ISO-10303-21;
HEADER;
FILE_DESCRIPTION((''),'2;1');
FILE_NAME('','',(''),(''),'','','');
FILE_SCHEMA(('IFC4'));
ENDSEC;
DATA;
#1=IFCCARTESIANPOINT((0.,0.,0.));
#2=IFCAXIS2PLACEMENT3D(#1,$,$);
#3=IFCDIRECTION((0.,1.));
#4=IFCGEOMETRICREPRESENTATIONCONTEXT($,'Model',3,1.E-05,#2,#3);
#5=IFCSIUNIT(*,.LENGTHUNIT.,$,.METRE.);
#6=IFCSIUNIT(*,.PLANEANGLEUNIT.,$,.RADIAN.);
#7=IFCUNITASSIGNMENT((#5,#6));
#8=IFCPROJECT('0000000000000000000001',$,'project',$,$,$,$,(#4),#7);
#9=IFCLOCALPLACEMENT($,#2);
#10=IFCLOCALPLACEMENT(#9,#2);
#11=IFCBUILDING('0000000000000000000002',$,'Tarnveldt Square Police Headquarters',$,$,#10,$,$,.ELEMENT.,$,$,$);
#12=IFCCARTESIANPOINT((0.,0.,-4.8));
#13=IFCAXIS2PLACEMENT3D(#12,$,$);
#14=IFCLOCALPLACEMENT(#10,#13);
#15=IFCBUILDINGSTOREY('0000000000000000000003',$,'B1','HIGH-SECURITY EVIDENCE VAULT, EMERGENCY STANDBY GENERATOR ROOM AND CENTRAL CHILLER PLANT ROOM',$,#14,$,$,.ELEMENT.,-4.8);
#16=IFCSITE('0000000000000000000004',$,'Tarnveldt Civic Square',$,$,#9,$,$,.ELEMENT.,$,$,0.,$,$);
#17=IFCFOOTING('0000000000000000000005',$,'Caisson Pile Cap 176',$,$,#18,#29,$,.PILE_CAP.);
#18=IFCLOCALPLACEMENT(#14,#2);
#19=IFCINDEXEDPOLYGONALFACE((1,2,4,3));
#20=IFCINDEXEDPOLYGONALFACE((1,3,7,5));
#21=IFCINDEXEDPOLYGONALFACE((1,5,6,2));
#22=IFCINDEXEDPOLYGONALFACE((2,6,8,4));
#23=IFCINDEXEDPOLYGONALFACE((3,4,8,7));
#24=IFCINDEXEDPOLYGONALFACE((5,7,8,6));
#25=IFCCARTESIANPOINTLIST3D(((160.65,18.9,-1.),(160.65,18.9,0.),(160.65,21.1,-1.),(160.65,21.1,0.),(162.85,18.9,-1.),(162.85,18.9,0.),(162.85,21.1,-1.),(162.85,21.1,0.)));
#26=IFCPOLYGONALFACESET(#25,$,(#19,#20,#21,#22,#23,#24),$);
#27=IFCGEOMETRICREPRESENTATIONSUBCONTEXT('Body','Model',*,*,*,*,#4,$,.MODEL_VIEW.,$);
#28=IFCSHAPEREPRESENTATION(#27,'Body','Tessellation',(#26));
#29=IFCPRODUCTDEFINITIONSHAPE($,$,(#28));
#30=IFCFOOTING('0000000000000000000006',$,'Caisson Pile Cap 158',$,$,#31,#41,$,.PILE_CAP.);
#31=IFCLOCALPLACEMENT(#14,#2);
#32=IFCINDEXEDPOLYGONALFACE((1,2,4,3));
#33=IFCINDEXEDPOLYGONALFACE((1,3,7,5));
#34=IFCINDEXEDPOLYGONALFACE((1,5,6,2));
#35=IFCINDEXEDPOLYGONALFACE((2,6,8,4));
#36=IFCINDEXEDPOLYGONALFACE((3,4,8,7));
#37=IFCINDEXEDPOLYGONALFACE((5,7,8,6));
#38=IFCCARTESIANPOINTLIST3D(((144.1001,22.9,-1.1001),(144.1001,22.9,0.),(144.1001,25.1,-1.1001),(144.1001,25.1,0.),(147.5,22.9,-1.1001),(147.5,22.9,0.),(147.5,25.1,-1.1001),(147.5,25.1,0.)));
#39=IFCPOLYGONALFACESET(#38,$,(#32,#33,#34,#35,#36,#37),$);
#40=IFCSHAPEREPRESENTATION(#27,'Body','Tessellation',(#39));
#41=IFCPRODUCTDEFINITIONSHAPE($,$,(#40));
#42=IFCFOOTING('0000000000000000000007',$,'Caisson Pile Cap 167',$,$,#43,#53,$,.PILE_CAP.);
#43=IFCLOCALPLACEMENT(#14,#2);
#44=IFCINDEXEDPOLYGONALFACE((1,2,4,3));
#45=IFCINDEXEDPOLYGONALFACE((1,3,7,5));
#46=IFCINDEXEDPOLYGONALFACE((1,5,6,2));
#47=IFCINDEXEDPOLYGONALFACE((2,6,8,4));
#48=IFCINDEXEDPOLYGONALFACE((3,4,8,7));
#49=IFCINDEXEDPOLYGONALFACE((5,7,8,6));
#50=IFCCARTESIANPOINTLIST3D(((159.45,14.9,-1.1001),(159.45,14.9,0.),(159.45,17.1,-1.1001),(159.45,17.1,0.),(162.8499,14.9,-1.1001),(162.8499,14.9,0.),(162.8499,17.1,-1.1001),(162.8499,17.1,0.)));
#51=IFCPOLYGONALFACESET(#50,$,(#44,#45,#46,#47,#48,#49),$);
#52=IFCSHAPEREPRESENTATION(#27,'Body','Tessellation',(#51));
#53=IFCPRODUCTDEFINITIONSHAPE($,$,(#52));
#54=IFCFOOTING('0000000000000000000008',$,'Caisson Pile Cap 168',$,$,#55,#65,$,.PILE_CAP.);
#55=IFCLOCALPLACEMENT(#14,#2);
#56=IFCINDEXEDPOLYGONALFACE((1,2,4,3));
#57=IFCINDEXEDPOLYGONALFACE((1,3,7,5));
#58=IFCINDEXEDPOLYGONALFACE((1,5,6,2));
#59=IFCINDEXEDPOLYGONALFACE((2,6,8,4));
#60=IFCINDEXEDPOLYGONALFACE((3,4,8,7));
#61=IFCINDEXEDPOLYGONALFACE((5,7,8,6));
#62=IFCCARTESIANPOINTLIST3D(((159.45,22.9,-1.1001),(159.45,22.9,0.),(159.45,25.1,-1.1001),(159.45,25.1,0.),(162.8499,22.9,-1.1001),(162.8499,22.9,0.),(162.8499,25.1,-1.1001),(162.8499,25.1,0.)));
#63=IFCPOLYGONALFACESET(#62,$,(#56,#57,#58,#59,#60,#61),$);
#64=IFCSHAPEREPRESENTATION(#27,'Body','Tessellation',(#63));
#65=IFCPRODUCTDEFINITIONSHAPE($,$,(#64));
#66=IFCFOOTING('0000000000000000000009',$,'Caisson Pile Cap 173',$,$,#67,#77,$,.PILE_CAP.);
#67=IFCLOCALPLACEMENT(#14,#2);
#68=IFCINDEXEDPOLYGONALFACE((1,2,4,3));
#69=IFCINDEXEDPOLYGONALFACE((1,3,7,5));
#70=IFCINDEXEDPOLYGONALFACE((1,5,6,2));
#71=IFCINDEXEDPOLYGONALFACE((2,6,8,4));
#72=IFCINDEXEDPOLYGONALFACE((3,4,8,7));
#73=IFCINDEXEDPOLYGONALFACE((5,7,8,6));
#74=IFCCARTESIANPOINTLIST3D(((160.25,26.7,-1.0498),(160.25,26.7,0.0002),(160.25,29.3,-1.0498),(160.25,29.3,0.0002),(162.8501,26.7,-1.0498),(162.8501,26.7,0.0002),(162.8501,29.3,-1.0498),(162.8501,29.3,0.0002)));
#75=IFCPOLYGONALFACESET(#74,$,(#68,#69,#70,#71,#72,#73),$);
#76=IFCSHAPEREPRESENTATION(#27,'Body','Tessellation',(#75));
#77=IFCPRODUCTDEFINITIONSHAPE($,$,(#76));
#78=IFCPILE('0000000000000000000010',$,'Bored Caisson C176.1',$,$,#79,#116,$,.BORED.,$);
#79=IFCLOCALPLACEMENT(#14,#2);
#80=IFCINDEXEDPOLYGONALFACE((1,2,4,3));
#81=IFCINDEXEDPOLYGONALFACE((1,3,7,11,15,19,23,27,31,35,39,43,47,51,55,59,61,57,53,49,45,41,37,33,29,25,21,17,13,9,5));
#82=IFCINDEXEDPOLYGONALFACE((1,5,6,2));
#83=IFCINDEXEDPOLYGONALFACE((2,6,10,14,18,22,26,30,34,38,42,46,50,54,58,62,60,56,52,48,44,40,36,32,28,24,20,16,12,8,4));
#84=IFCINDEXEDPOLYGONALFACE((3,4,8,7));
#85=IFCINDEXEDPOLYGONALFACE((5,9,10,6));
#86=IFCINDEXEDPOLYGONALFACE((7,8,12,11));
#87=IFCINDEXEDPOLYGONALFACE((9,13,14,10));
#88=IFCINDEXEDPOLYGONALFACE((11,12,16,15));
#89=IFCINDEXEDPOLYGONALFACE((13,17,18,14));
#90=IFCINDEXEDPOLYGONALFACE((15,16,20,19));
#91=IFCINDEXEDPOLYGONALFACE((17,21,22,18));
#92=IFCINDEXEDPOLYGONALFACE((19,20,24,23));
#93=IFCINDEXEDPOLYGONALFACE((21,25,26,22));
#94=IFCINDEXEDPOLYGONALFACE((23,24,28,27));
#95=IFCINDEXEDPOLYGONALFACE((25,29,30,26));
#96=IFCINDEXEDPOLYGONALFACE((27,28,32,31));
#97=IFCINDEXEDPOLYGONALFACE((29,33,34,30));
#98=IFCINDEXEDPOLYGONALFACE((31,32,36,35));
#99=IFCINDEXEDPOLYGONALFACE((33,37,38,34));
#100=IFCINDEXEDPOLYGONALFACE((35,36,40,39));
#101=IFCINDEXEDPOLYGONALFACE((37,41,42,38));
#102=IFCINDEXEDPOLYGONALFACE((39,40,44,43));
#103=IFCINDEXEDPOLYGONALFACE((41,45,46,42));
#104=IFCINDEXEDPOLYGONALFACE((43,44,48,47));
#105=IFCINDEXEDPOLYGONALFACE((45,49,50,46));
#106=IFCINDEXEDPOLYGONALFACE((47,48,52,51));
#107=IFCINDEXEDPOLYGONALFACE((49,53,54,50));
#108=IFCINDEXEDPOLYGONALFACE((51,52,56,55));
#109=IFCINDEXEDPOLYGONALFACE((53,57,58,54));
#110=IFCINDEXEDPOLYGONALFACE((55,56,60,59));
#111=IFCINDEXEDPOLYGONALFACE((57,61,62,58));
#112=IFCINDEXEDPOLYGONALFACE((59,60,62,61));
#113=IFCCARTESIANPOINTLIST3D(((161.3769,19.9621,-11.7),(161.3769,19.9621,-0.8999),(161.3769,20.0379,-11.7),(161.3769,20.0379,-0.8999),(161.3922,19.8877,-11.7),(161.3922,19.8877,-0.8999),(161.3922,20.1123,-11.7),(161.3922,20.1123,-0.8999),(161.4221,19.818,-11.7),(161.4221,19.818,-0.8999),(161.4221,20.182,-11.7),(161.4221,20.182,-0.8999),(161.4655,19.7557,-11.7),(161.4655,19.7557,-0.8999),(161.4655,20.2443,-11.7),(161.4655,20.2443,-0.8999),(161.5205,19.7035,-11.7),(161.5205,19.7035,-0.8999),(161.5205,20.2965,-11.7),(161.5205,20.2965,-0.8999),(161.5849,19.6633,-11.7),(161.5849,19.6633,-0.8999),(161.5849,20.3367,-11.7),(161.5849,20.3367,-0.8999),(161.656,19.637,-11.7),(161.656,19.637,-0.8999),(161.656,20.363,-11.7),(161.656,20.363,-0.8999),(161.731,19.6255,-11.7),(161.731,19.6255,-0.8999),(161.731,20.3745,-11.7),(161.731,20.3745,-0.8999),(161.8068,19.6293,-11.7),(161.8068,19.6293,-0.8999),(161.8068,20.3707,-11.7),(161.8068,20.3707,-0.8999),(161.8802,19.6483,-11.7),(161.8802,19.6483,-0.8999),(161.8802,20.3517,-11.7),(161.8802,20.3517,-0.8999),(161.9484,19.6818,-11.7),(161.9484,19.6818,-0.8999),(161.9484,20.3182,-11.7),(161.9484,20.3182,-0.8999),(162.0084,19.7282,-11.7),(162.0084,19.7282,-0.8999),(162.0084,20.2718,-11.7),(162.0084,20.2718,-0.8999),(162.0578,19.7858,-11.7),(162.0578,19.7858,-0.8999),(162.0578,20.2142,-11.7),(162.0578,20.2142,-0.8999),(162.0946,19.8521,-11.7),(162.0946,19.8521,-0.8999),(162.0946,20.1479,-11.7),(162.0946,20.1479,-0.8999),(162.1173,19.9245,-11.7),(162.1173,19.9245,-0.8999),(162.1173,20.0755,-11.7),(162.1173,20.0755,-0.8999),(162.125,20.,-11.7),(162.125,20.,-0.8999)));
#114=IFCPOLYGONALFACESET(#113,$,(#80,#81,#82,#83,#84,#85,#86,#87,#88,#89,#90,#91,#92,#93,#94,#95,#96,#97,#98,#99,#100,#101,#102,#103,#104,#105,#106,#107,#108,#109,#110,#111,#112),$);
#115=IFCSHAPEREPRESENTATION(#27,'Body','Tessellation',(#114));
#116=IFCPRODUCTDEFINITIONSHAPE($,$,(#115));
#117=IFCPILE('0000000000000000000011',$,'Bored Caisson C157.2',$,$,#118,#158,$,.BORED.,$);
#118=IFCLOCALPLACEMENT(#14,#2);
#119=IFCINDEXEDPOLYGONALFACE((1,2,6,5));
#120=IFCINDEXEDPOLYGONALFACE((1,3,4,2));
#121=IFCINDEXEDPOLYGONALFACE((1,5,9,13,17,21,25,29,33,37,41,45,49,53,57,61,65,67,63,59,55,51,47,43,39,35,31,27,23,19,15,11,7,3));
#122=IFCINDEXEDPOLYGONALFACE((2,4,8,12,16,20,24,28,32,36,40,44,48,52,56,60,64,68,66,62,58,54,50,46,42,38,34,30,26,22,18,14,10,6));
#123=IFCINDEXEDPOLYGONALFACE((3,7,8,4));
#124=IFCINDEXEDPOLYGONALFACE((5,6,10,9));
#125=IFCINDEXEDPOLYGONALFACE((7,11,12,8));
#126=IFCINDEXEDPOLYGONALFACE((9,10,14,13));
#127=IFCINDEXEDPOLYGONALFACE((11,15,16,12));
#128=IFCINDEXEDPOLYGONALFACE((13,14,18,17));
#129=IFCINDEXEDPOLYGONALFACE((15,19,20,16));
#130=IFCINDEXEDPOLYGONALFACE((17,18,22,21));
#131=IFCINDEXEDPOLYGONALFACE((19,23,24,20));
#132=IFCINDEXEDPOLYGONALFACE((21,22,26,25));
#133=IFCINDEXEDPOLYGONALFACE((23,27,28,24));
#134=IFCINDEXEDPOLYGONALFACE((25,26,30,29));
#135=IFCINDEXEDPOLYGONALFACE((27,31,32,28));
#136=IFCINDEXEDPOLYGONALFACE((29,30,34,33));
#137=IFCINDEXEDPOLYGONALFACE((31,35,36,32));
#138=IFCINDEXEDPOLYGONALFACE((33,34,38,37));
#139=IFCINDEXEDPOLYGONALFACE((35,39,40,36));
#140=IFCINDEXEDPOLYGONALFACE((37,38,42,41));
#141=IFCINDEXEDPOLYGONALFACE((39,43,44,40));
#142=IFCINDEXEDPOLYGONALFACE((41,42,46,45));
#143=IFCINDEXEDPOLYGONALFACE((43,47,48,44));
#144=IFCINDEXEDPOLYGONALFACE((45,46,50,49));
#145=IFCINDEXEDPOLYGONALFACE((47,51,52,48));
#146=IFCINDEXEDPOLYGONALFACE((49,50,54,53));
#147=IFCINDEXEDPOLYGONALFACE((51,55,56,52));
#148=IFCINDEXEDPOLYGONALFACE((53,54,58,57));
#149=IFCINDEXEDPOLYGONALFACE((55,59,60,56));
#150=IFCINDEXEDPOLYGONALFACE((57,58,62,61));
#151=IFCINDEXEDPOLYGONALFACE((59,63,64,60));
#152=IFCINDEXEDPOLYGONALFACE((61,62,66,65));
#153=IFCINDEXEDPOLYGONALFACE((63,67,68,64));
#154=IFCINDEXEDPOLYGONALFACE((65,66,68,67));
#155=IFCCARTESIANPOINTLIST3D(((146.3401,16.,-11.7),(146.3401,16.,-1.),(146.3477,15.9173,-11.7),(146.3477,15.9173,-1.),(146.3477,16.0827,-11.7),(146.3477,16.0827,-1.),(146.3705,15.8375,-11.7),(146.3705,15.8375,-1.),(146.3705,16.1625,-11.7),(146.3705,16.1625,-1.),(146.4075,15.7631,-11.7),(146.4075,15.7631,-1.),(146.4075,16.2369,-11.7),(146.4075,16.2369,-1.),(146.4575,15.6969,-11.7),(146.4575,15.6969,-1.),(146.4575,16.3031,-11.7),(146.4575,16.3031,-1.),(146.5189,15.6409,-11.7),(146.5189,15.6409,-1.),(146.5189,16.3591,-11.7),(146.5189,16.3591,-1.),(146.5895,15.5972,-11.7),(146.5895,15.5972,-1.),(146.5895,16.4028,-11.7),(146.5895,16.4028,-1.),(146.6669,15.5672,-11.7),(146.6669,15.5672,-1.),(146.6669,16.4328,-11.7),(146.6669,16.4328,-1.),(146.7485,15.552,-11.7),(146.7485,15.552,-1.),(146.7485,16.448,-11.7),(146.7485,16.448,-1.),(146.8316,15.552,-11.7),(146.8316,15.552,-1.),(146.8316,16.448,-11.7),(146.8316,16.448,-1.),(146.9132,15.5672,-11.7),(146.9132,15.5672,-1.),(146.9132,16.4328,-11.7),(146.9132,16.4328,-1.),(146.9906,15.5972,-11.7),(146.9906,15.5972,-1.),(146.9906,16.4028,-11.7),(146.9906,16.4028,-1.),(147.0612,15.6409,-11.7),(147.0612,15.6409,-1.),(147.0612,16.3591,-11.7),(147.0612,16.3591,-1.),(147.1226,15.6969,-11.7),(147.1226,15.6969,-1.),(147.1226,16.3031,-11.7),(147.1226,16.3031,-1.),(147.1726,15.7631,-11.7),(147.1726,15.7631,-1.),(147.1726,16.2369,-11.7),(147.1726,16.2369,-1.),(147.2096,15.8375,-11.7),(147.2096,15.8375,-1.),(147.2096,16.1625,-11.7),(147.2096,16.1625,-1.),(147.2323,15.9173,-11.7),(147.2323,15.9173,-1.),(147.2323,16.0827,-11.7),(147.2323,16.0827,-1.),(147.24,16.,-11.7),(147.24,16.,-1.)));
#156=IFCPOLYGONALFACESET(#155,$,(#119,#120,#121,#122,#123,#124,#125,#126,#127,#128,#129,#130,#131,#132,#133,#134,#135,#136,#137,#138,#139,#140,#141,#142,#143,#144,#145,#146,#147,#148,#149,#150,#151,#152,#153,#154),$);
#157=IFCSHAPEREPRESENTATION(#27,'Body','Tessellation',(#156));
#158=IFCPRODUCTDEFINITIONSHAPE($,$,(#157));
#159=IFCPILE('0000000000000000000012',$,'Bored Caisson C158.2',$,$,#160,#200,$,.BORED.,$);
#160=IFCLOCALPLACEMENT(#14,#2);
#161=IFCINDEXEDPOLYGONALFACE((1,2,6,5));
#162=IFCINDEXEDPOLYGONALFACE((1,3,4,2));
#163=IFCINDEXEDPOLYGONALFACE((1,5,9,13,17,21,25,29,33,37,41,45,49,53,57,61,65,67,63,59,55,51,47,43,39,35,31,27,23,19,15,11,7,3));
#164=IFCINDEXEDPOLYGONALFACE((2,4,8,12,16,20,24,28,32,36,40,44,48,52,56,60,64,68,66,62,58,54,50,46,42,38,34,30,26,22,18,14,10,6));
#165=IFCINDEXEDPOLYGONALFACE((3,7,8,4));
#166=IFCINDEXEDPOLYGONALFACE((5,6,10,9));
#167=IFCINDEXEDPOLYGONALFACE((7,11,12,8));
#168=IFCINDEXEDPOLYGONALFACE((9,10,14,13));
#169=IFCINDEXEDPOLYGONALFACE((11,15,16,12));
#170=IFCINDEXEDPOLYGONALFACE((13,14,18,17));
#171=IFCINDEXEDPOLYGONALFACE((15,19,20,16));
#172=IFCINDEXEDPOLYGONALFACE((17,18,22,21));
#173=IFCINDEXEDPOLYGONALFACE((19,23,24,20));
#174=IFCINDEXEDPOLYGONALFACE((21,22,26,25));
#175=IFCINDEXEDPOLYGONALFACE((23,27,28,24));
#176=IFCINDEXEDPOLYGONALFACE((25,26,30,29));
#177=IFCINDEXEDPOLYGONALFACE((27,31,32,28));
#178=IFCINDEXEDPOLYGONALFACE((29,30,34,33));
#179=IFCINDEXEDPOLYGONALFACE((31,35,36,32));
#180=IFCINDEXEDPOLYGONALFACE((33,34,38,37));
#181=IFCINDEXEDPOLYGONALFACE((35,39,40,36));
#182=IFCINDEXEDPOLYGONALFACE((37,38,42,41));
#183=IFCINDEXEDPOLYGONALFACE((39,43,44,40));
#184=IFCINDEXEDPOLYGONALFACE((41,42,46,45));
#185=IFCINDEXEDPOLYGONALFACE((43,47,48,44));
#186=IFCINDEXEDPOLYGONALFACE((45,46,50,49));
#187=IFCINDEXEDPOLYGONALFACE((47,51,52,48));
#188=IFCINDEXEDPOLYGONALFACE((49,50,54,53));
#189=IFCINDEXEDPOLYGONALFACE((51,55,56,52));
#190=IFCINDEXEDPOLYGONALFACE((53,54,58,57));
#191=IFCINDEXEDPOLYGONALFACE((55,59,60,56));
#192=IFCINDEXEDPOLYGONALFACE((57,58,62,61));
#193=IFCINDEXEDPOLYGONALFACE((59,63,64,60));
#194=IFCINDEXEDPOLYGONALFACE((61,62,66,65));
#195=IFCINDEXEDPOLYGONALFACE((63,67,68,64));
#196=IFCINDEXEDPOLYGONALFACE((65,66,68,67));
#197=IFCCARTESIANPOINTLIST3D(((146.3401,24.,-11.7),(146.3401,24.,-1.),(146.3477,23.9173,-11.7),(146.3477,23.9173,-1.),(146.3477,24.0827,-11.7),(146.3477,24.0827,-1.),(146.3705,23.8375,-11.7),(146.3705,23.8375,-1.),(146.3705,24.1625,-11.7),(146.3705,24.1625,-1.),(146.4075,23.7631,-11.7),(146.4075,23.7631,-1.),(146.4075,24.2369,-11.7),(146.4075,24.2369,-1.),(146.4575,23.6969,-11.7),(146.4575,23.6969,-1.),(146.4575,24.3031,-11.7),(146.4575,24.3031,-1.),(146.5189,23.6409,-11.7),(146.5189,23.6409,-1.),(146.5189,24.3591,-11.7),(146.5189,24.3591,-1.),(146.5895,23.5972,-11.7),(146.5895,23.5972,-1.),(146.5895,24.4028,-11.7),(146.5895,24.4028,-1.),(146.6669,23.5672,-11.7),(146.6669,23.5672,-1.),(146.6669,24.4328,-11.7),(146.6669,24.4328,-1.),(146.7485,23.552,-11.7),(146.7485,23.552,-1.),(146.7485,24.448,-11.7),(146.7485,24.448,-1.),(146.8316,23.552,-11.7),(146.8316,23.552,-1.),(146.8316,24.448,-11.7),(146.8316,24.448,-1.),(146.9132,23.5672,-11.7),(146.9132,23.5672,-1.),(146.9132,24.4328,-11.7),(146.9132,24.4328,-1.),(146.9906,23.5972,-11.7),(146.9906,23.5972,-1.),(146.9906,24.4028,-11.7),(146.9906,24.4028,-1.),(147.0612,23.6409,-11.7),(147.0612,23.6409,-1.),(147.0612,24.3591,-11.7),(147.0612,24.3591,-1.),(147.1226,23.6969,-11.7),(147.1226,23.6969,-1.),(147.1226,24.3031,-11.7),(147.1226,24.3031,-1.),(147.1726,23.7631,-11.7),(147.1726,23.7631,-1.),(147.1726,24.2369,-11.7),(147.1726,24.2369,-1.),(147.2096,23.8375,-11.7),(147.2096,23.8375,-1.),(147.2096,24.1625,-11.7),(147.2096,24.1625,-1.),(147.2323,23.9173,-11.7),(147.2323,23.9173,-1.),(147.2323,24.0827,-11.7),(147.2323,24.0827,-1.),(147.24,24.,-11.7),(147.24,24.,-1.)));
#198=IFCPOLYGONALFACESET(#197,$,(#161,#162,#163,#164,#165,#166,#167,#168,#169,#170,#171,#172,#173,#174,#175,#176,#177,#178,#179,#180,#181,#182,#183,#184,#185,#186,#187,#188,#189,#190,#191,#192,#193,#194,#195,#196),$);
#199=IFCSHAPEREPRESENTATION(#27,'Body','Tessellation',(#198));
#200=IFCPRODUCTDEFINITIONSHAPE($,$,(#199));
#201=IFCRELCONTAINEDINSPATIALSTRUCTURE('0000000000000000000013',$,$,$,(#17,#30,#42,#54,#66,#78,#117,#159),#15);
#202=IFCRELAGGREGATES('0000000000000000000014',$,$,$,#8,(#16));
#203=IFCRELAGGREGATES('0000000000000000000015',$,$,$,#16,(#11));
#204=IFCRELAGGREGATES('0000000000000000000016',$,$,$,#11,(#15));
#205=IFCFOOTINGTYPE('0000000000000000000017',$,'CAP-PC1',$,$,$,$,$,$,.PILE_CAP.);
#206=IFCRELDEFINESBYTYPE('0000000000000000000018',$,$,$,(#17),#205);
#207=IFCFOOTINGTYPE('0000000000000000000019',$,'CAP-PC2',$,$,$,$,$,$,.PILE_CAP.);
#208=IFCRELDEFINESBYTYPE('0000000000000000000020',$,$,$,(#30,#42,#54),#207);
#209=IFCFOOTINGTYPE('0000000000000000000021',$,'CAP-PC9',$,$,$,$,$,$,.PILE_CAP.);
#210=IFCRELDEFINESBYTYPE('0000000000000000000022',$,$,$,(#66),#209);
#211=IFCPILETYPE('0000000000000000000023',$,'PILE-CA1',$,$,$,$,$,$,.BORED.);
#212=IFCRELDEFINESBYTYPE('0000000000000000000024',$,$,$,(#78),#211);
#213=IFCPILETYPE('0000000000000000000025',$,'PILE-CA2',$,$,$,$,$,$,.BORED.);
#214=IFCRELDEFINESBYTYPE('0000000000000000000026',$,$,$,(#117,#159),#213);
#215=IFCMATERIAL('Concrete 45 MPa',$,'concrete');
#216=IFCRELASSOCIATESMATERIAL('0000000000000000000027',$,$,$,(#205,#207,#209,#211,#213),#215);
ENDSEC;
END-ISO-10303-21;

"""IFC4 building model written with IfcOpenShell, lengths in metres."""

from ifc_helpers import new_model, si_unit, direction, frame, origin, origin_2d, place, context, subcontext, project, spatial, rectangle, circle, extrude, material, material_profile, profile_set, type_object, element, save


model = new_model("IFC4")

# Units and contexts
model_context = context("Model", 3, precision=1e-05, world=origin(), true_north=direction((0.0, 1.0)))
body_context = subcontext(model_context, "Body", "Model", "MODEL_VIEW")
ifc_project = project(units=[si_unit("LENGTHUNIT", "METRE"), si_unit("PLANEANGLEUNIT", "RADIAN")], contexts=[model_context])

# Site, building, storey
site_placement = place(None, origin())
site = spatial("IfcSite", under=ifc_project, at=site_placement, Name="Tarnveldt Civic Square", CompositionType="ELEMENT", RefElevation=0.0)
building_placement = place(site_placement, origin())
building = spatial("IfcBuilding", under=site, at=building_placement, Name="Tarnveldt Square Police Headquarters", CompositionType="ELEMENT")
storey_placement = place(building_placement, frame((0.0, 0.0, -4.8)))
storey = spatial("IfcBuildingStorey", under=building, at=storey_placement, Name="B1", Description="HIGH-SECURITY EVIDENCE VAULT, EMERGENCY STANDBY GENERATOR ROOM AND CENTRAL CHILLER PLANT ROOM", CompositionType="ELEMENT", Elevation=-4.8)

# Footings
ifc_material_1 = material(Name="Concrete 45 MPa", Category="concrete")
footing_type_1 = type_object("IfcFootingType", Name="CAP-PC1", PredefinedType="PILE_CAP", material=ifc_material_1)
footing_1_placement = place(storey_placement, frame((161.75, 20.0, -1.0), z_axis=(0.0, 0.0, 1.0), x_axis=(1.0, 0.0, 0.0)))
element("IfcFooting", 1, at=footing_1_placement, inside=storey, type_object=footing_type_1, Name="Caisson Pile Cap 176", PredefinedType="PILE_CAP", context=body_context, shape_type="SweptSolid", body=[
    extrude(rectangle(XDim=2.2, YDim=2.2, at=origin_2d()), origin(), (0.0, 0.0, 1.0), 1.0),
])
footing_type_2 = type_object("IfcFootingType", Name="CAP-PC2", PredefinedType="PILE_CAP", material=ifc_material_1)
for number, where, z_axis, x_axis, name in (
    (2, (145.8, 24.0, -1.1001), (0.0, 0.0, 1.0), (1.0, 0.0, 0.0), "Caisson Pile Cap 158"),
    (3, (161.1499, 16.0, -1.1001), (0.0, 0.0, 1.0), (1.0, 0.0, 0.0), "Caisson Pile Cap 167"),
    (4, (161.1499, 24.0, -1.1001), (0.0, 0.0, 1.0), (1.0, 0.0, 0.0), "Caisson Pile Cap 168"),
):
    element("IfcFooting", number, at=place(storey_placement, frame(where, z_axis=z_axis, x_axis=x_axis)), inside=storey, type_object=footing_type_2, Name=name, PredefinedType="PILE_CAP", context=body_context, shape_type="SweptSolid", body=[
        extrude(rectangle(XDim=3.3999, YDim=2.2, at=origin_2d()), origin(), (0.0, 0.0, 1.0), 1.1001),
    ])
footing_type_3 = type_object("IfcFootingType", Name="CAP-PC9", PredefinedType="PILE_CAP", material=ifc_material_1)
footing_2_placement = place(storey_placement, frame((161.55, 28.0, -1.0498), z_axis=(0.0, 0.0, 1.0), x_axis=(1.0, 0.0, 0.0)))
element("IfcFooting", 5, at=footing_2_placement, inside=storey, type_object=footing_type_3, Name="Caisson Pile Cap 173", PredefinedType="PILE_CAP", context=body_context, shape_type="SweptSolid", body=[
    extrude(rectangle(XDim=2.6001, YDim=2.6001, at=origin_2d()), origin(), (0.0, 0.0, 1.0), 1.05),
])

# Piles
ifc_material_profile_1 = material_profile(ifc_material_1, circle(Radius=0.375, at=origin_2d()), Name="CAISSON-D750")
ifc_profile_set_1 = profile_set([ifc_material_profile_1], Name="Concrete 45 MPa")
pile_type_1 = type_object("IfcPileType", Name="PILE-CA1", PredefinedType="BORED", material=ifc_profile_set_1)
pile_1_placement = place(storey_placement, frame((161.75, 20.0, -0.8999), z_axis=(0.0, 0.0, -1.0), x_axis=(1.0, 0.0, 0.0)))
element("IfcPile", 6, at=pile_1_placement, inside=storey, type_object=pile_type_1, Name="Bored Caisson C176.1", PredefinedType="BORED", context=body_context, shape_type="SweptSolid", body=[
    extrude(circle(Radius=0.375, at=origin_2d()), origin(), (0.0, 0.0, 1.0), 10.8),
])
ifc_material_profile_2 = material_profile(ifc_material_1, circle(Radius=0.45, at=origin_2d()), Name="CAISSON-D900")
ifc_profile_set_2 = profile_set([ifc_material_profile_2], Name="Concrete 45 MPa")
pile_type_2 = type_object("IfcPileType", Name="PILE-CA2", PredefinedType="BORED", material=ifc_profile_set_2)
for number, where, z_axis, x_axis, name in (
    (7, (146.79, 16.0, -1.0), (0.0, 0.0, -1.0), (1.0, 0.0, 0.0), "Bored Caisson C157.2"),
    (8, (146.79, 24.0, -1.0), (0.0, 0.0, -1.0), (1.0, 0.0, 0.0), "Bored Caisson C158.2"),
):
    element("IfcPile", number, at=place(storey_placement, frame(where, z_axis=z_axis, x_axis=x_axis)), inside=storey, type_object=pile_type_2, Name=name, PredefinedType="BORED", context=body_context, shape_type="SweptSolid", body=[
        extrude(circle(Radius=0.45, at=origin_2d()), origin(), (0.0, 0.0, 1.0), 10.7),
    ])

save(model, "model.ifc")
